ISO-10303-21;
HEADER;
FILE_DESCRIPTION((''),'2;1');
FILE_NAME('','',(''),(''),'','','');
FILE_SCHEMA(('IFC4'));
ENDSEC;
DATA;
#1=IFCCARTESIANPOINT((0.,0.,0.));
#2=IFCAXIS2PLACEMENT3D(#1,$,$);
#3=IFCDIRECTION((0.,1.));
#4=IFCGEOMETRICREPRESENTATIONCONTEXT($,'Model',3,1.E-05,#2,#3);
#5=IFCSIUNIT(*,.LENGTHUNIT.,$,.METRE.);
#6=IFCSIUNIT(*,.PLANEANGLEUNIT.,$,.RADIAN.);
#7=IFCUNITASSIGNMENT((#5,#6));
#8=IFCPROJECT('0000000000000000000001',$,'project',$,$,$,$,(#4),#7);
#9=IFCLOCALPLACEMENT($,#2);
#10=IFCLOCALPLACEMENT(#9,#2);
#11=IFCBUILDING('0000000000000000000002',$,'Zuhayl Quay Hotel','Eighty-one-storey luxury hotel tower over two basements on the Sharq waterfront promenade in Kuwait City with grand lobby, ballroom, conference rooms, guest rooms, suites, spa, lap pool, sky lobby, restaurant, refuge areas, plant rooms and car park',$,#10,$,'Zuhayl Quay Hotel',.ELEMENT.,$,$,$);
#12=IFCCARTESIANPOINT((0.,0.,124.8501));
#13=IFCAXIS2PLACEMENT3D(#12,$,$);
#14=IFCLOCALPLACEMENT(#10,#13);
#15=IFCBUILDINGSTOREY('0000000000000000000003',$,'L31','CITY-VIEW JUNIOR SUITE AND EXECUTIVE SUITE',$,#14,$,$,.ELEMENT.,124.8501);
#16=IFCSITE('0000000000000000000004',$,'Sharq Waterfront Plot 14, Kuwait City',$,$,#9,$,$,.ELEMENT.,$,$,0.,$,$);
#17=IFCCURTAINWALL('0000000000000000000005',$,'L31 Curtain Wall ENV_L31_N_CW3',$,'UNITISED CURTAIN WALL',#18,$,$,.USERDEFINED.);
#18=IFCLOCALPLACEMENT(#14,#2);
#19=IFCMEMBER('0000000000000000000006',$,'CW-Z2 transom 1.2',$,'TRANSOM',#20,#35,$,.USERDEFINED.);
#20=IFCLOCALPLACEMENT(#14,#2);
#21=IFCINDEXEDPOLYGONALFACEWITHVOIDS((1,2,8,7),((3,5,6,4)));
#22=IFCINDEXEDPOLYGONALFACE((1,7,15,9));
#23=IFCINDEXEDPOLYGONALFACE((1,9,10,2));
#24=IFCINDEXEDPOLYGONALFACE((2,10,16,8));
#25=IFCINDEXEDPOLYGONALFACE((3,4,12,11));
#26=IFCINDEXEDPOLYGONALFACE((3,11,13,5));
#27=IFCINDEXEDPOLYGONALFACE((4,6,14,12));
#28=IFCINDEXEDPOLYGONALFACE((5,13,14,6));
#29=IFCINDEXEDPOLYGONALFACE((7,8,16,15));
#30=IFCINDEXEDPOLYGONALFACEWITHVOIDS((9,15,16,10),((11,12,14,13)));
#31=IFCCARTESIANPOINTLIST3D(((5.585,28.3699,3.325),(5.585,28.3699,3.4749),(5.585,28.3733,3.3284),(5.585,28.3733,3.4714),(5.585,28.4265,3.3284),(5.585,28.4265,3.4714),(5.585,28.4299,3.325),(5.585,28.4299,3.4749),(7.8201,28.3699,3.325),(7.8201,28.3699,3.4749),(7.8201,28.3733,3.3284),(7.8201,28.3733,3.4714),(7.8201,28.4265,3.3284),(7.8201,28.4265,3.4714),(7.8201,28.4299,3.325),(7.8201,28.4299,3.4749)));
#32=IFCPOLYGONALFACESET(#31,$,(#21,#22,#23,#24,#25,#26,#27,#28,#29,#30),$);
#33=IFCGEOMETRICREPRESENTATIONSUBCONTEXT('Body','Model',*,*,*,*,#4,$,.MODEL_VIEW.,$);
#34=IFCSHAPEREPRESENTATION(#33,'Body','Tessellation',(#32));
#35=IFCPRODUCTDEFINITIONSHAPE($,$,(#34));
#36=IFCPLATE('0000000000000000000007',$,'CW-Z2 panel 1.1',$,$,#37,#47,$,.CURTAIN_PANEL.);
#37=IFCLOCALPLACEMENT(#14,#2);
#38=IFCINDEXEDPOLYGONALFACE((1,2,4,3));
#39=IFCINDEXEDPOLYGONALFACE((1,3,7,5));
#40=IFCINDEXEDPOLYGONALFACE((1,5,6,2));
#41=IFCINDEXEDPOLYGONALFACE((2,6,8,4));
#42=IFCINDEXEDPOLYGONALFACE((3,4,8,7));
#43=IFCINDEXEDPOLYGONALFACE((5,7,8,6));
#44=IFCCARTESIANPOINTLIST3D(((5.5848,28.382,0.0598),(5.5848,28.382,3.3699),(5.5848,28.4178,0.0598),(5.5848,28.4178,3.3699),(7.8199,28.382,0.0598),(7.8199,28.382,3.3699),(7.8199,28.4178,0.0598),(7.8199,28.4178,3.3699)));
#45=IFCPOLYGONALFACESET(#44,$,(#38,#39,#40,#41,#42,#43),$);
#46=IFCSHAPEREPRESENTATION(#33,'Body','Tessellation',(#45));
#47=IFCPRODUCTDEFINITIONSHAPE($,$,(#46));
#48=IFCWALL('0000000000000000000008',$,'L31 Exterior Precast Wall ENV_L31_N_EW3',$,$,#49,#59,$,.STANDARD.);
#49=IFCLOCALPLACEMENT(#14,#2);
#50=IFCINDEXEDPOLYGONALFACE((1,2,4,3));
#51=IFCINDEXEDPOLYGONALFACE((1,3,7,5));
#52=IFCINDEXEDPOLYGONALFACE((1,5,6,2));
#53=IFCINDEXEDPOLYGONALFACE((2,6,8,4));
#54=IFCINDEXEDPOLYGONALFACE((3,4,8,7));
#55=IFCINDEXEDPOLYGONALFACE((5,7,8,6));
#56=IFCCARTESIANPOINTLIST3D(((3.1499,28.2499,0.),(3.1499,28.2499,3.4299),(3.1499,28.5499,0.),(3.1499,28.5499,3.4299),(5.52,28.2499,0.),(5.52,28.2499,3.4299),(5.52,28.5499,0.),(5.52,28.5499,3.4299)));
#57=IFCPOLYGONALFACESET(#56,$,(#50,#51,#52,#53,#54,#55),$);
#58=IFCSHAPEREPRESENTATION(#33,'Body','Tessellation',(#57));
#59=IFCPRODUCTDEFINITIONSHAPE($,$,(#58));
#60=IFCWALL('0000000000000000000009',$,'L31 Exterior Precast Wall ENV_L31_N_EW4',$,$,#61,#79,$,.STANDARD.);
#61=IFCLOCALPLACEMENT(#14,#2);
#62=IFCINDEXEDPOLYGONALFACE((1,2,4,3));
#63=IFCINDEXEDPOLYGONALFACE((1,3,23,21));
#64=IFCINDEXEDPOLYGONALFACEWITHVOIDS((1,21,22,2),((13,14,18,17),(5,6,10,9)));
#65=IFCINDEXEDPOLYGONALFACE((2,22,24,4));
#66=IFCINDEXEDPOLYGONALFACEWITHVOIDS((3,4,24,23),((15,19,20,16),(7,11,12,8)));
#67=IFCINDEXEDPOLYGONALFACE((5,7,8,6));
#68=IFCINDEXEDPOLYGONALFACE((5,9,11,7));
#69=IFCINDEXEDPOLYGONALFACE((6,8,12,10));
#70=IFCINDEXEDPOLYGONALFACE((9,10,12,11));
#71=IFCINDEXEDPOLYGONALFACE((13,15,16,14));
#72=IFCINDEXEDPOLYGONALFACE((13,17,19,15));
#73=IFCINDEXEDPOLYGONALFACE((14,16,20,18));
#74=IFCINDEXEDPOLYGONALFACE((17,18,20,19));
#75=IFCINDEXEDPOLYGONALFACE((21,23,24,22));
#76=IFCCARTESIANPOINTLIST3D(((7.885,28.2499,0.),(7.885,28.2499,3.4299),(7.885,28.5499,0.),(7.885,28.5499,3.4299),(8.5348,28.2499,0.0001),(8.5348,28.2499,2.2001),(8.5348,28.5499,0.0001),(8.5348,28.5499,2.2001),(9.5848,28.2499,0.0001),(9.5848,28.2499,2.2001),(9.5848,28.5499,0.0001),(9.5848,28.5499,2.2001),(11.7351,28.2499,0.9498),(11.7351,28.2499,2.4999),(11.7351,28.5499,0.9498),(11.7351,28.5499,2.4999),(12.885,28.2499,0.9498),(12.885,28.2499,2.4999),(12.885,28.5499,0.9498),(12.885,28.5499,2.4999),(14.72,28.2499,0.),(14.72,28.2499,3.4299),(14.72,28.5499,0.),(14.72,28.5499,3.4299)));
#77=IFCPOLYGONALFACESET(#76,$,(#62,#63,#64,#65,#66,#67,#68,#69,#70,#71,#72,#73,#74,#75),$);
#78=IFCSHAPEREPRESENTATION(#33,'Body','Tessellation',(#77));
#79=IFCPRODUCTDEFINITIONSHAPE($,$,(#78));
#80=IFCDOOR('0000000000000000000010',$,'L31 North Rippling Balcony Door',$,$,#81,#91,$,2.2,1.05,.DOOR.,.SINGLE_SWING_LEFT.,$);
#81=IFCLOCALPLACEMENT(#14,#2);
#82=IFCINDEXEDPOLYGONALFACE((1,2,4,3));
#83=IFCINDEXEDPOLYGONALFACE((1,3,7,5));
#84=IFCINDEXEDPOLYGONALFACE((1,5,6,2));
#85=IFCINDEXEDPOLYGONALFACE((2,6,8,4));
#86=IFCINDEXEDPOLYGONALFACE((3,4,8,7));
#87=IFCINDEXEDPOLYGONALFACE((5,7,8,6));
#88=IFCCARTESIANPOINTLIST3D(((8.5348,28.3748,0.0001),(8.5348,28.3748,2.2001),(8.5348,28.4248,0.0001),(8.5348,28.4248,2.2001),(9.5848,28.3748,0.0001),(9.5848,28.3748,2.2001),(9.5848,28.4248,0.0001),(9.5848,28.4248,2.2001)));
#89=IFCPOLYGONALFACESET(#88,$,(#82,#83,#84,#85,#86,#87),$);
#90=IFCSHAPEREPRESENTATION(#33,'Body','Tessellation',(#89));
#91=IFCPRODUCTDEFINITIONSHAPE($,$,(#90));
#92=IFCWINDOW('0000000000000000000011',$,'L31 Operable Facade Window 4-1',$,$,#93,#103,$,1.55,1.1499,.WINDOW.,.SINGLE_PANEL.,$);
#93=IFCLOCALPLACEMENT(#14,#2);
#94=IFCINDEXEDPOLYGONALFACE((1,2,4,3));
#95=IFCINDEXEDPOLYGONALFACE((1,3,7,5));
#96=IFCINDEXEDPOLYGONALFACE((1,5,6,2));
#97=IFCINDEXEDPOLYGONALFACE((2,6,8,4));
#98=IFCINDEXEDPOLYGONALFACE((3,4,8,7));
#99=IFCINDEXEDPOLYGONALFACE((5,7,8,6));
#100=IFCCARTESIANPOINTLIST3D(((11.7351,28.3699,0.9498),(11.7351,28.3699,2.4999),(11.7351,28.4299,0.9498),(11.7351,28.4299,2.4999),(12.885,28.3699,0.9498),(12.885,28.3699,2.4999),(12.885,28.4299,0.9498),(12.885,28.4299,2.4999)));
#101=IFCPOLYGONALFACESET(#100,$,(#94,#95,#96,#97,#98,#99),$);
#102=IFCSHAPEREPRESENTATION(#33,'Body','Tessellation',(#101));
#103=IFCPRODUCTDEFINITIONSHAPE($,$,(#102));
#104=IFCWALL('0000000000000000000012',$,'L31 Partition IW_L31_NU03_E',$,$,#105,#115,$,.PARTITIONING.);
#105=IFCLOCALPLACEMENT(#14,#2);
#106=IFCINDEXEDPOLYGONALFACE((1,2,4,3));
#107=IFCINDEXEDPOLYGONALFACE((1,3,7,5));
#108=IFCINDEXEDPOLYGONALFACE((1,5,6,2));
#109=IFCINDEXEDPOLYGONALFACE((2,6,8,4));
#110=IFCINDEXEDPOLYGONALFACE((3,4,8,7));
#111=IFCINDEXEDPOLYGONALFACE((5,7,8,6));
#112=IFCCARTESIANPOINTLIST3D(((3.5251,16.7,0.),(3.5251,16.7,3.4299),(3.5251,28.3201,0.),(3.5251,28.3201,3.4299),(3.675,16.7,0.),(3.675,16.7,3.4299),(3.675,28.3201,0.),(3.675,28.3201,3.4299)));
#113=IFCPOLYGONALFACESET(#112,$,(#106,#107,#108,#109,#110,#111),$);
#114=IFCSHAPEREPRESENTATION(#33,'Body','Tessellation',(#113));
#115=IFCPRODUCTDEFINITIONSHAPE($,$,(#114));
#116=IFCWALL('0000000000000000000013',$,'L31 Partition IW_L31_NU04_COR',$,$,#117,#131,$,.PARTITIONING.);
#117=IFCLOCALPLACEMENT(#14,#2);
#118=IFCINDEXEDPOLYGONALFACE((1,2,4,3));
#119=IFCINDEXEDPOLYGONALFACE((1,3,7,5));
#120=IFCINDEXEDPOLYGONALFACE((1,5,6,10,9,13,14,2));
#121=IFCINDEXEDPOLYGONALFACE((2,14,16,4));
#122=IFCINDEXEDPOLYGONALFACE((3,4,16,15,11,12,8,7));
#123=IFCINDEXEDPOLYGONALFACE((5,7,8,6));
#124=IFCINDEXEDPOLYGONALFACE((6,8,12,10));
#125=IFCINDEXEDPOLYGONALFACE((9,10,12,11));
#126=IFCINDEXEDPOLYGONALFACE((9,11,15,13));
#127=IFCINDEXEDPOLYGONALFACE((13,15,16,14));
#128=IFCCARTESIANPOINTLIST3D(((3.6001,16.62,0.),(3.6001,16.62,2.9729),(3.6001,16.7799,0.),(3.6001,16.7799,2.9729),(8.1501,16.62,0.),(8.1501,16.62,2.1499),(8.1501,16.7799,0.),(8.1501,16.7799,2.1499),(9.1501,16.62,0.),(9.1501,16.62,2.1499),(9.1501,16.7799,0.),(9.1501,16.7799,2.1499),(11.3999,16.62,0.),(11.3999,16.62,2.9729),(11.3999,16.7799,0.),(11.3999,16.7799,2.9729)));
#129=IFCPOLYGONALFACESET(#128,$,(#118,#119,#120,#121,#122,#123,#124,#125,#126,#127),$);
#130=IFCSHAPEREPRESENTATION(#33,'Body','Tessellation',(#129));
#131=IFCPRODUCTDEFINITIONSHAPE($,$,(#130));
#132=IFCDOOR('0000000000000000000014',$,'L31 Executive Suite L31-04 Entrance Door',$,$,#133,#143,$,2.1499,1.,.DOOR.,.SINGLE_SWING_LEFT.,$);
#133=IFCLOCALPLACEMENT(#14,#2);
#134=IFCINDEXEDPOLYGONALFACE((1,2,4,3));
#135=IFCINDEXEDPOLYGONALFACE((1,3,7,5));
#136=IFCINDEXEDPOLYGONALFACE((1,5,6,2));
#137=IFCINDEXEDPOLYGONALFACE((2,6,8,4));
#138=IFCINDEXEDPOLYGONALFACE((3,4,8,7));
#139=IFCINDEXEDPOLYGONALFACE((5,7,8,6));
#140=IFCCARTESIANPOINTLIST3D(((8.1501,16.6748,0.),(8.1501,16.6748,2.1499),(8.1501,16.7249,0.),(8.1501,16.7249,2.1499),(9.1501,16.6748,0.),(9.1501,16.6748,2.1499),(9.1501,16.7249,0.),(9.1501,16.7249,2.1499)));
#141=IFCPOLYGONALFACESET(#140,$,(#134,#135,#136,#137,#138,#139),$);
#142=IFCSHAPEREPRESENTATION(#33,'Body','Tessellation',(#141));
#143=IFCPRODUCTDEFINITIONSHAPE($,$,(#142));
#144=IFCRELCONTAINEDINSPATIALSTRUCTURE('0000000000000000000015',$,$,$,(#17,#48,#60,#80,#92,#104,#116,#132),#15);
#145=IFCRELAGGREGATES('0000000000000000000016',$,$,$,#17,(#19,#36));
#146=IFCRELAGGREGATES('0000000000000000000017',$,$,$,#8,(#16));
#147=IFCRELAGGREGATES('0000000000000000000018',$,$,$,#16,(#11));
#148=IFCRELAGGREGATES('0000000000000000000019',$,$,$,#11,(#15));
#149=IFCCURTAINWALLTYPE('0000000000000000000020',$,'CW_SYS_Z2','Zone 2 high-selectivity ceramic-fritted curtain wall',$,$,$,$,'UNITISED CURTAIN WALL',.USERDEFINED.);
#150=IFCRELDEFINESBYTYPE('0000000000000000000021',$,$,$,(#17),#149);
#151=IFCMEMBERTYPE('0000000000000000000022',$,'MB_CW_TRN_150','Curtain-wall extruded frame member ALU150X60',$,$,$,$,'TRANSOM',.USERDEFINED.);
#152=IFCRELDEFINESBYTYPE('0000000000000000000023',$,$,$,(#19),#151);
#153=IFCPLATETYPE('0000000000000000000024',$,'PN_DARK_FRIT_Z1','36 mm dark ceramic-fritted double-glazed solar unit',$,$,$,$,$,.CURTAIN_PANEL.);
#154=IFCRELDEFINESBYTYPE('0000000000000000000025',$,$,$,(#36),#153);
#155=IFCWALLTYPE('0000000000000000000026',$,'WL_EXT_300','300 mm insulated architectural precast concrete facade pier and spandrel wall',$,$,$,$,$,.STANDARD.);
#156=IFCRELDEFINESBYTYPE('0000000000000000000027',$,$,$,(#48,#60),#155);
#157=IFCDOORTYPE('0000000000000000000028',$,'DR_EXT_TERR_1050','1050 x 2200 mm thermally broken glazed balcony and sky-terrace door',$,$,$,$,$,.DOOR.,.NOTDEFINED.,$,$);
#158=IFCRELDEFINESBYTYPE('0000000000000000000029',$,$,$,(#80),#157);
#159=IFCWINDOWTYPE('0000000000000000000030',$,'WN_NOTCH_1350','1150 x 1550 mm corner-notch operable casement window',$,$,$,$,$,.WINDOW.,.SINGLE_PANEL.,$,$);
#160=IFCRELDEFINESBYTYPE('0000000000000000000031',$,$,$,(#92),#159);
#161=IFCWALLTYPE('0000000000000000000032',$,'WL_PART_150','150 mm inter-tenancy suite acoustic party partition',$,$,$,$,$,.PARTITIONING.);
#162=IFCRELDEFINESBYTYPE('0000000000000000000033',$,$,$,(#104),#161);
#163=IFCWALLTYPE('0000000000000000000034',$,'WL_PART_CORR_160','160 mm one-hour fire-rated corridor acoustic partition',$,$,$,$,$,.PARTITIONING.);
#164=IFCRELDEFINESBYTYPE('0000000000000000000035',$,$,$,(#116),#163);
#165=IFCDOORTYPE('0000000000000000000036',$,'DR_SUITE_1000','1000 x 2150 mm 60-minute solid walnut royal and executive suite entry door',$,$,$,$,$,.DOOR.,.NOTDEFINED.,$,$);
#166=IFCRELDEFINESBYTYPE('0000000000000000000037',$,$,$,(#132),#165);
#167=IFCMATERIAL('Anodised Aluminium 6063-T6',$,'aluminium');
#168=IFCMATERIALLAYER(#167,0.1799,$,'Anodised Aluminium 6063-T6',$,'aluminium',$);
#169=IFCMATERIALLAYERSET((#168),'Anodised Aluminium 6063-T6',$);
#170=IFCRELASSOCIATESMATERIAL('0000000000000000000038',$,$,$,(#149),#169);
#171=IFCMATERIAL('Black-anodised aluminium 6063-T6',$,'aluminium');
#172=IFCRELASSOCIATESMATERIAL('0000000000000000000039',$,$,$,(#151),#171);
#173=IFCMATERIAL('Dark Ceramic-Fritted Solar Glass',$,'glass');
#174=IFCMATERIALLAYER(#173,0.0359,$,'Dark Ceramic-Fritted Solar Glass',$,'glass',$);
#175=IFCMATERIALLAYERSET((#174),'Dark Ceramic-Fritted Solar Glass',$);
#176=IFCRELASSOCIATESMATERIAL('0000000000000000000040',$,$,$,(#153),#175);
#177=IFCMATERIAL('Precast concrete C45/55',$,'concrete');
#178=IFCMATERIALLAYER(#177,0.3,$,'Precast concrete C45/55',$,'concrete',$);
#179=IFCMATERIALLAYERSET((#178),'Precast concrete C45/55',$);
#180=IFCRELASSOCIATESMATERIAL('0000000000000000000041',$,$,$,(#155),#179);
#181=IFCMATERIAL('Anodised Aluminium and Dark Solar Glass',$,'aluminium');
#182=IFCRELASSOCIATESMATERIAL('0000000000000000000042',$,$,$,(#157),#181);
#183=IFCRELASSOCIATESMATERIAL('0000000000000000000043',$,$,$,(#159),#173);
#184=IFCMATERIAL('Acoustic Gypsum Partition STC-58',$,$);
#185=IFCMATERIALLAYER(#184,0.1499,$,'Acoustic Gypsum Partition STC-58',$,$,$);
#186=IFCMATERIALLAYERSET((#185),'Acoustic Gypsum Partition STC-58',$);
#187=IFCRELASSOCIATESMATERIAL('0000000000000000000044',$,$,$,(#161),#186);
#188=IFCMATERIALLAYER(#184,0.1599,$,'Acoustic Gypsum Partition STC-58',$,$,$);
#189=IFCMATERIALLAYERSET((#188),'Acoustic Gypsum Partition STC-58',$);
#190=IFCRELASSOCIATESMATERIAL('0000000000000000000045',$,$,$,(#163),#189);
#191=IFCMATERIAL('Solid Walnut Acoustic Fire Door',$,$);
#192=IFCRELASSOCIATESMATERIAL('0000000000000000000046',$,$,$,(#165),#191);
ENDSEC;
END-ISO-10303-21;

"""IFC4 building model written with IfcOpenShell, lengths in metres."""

from ifc_helpers import new_model, si_unit, direction, frame, frame_2d, origin, origin_2d, place, context, subcontext, project, spatial, rectangle, hollow_rectangle, extrude, material, layer, layer_set, material_profile, profile_set, type_object, element, fill, aggregate, save


model = new_model("IFC4")

# Units and contexts
model_context = context("Model", 3, precision=1e-05, world=origin(), true_north=direction((0.0, 1.0)))
body_context = subcontext(model_context, "Body", "Model", "MODEL_VIEW")
ifc_project = project(units=[si_unit("LENGTHUNIT", "METRE"), si_unit("PLANEANGLEUNIT", "RADIAN")], contexts=[model_context])

# Site, building, storey
site_placement = place(None, origin())
site = spatial("IfcSite", under=ifc_project, at=site_placement, Name="Sharq Waterfront Plot 14, Kuwait City", CompositionType="ELEMENT", RefElevation=0.0)
building_placement = place(site_placement, origin())
building = spatial("IfcBuilding", under=site, at=building_placement, Name="Zuhayl Quay Hotel", Description="Eighty-one-storey luxury hotel tower over two basements on the Sharq waterfront promenade in Kuwait City with grand lobby, ballroom, conference rooms, guest rooms, suites, spa, lap pool, sky lobby, restaurant, refuge areas, plant rooms and car park", LongName="Zuhayl Quay Hotel", CompositionType="ELEMENT")
storey_placement = place(building_placement, frame((0.0, 0.0, 124.8501)))
storey = spatial("IfcBuildingStorey", under=building, at=storey_placement, Name="L31", Description="CITY-VIEW JUNIOR SUITE AND EXECUTIVE SUITE", CompositionType="ELEMENT", Elevation=124.8501)

# Shared definitions
ifc_material_1 = material(Name="Anodised Aluminium 6063-T6", Category="aluminium")
ifc_layer_1 = layer(ifc_material_1, 0.1799, Name="Anodised Aluminium 6063-T6", Category="aluminium")
ifc_layer_set_1 = layer_set([ifc_layer_1], Name="Anodised Aluminium 6063-T6")
curtain_wall_type = type_object("IfcCurtainWallType", Name="CW_SYS_Z2", Description="Zone 2 high-selectivity ceramic-fritted curtain wall", ElementType="UNITISED CURTAIN WALL", PredefinedType="USERDEFINED", material=ifc_layer_set_1)
ifc_material_2 = material(Name="Black-anodised aluminium 6063-T6", Category="aluminium")

# Curtain wall, member, plate
curtain_wall_1_placement = place(storey_placement, origin())
curtain_wall_1 = element("IfcCurtainWall", 1, at=curtain_wall_1_placement, inside=storey, type_object=curtain_wall_type, Name="L31 Curtain Wall ENV_L31_N_CW3", ObjectType="UNITISED CURTAIN WALL", PredefinedType="USERDEFINED")
ifc_material_profile_1 = material_profile(ifc_material_2, hollow_rectangle(XDim=0.0601, YDim=0.1499, WallThickness=0.0034, at=origin_2d()), Name="ALU150X60")
ifc_profile_set_1 = profile_set([ifc_material_profile_1], Name="Black-anodised aluminium 6063-T6")
member_type_1 = type_object("IfcMemberType", Name="MB_CW_TRN_150", Description="Curtain-wall extruded frame member ALU150X60", ElementType="TRANSOM", PredefinedType="USERDEFINED", material=ifc_profile_set_1)
member_1_placement = place(storey_placement, frame((5.585, 28.3999, 3.3999), z_axis=(1.0, 0.0, 0.0), x_axis=(0.0, 1.0, 0.0)))
member_1 = element("IfcMember", 2, at=member_1_placement, type_object=member_type_1, Name="CW-Z2 transom 1.2", ObjectType="TRANSOM", PredefinedType="USERDEFINED", context=body_context, shape_type="SweptSolid", body=[
    extrude(hollow_rectangle(XDim=0.0601, YDim=0.1499, WallThickness=0.0034, at=origin_2d()), origin(), (0.0, 0.0, 1.0), 2.2351),
])
ifc_material_3 = material(Name="Dark Ceramic-Fritted Solar Glass", Category="glass")
ifc_layer_2 = layer(ifc_material_3, 0.0359, Name="Dark Ceramic-Fritted Solar Glass", Category="glass")
ifc_layer_set_2 = layer_set([ifc_layer_2], Name="Dark Ceramic-Fritted Solar Glass")
plate_type = type_object("IfcPlateType", Name="PN_DARK_FRIT_Z1", Description="36 mm dark ceramic-fritted double-glazed solar unit", PredefinedType="CURTAIN_PANEL", material=ifc_layer_set_2)
plate_placement = place(storey_placement, frame((6.7024, 28.3999, 0.0598), z_axis=(0.0, 0.0, 1.0), x_axis=(1.0, 0.0, 0.0)))
plate = element("IfcPlate", 3, at=plate_placement, type_object=plate_type, Name="CW-Z2 panel 1.1", PredefinedType="CURTAIN_PANEL", context=body_context, shape_type="SweptSolid", body=[
    extrude(rectangle(XDim=2.2351, YDim=0.0359, at=origin_2d()), origin(), (0.0, 0.0, 1.0), 3.3101),
])
aggregate(curtain_wall_1, [member_1, plate])

# Wall
ifc_material_4 = material(Name="Precast concrete C45/55", Category="concrete")
ifc_layer_3 = layer(ifc_material_4, 0.3, Name="Precast concrete C45/55", Category="concrete")
ifc_layer_set_3 = layer_set([ifc_layer_3], Name="Precast concrete C45/55")
wall_type_1 = type_object("IfcWallType", Name="WL_EXT_300", Description="300 mm insulated architectural precast concrete facade pier and spandrel wall", PredefinedType="STANDARD", material=ifc_layer_set_3)
wall_1_placement = place(storey_placement, frame((3.1499, 28.3999, 0.0), z_axis=(0.0, 0.0, 1.0), x_axis=(1.0, 0.0, 0.0)))
element("IfcWall", 4, at=wall_1_placement, inside=storey, type_object=wall_type_1, Name="L31 Exterior Precast Wall ENV_L31_N_EW3", PredefinedType="STANDARD", context=body_context, shape_type="SweptSolid", body=[
    extrude(rectangle(XDim=2.3701, YDim=0.3, at=frame_2d((1.1851, 0.0))), origin(), (0.0, 0.0, 1.0), 3.4299),
])

# Wall, openings, door, window
wall_2_placement = place(storey_placement, frame((7.885, 28.3999, 0.0), z_axis=(0.0, 0.0, 1.0), x_axis=(1.0, 0.0, 0.0)))
wall_2 = element("IfcWall", 5, at=wall_2_placement, inside=storey, type_object=wall_type_1, Name="L31 Exterior Precast Wall ENV_L31_N_EW4", PredefinedType="STANDARD", context=body_context, shape_type="SweptSolid", body=[
    extrude(rectangle(XDim=6.835, YDim=0.3, at=frame_2d((3.4175, 0.0))), origin(), (0.0, 0.0, 1.0), 3.4299),
])
opening_1_placement = place(wall_2_placement, frame((0.6499, 0.0, 0.0)))
opening_1 = element("IfcOpeningElement", 6, at=opening_1_placement, cuts=wall_2, PredefinedType="OPENING", context=body_context, shape_type="SweptSolid", body=[
    extrude(rectangle(XDim=1.05, YDim=2.2, at=frame_2d((0.5249, 1.1001))), frame((0.0, 0.1599, 0.0), z_axis=(0.0, -1.0, 0.0), x_axis=(1.0, 0.0, 0.0)), (0.0, 0.0, 1.0), 0.3201),
])
opening_2_placement = place(wall_2_placement, frame((3.8501, 0.0, 0.95)))
opening_2 = element("IfcOpeningElement", 7, at=opening_2_placement, cuts=wall_2, PredefinedType="OPENING", context=body_context, shape_type="SweptSolid", body=[
    extrude(rectangle(XDim=1.1499, YDim=1.55, at=frame_2d((0.575, 0.7749))), frame((0.0, 0.1599, 0.0), z_axis=(0.0, -1.0, 0.0), x_axis=(1.0, 0.0, 0.0)), (0.0, 0.0, 1.0), 0.3201),
])
ifc_material_5 = material(Name="Anodised Aluminium and Dark Solar Glass", Category="aluminium")
door_type_1 = type_object("IfcDoorType", Name="DR_EXT_TERR_1050", Description="1050 x 2200 mm thermally broken glazed balcony and sky-terrace door", OperationType="NOTDEFINED", PredefinedType="DOOR", material=ifc_material_5)
door_1_placement = place(opening_1_placement, origin())
door_1 = element("IfcDoor", 8, at=door_1_placement, inside=storey, type_object=door_type_1, Name="L31 North Rippling Balcony Door", OperationType="SINGLE_SWING_LEFT", OverallHeight=2.2, OverallWidth=1.05, PredefinedType="DOOR", context=body_context, shape_type="SweptSolid", body=[
    extrude(rectangle(XDim=1.05, YDim=2.2, at=frame_2d((0.5249, 1.1001))), frame((0.0, 0.0249, 0.0), z_axis=(0.0, -1.0, 0.0), x_axis=(1.0, 0.0, 0.0)), (0.0, 0.0, 1.0), 0.05),
])
fill(opening_1, door_1)
window_type = type_object("IfcWindowType", Name="WN_NOTCH_1350", Description="1150 x 1550 mm corner-notch operable casement window", PartitioningType="SINGLE_PANEL", PredefinedType="WINDOW", material=ifc_material_3)
window_placement = place(opening_2_placement, origin())
window = element("IfcWindow", 9, at=window_placement, inside=storey, type_object=window_type, Name="L31 Operable Facade Window 4-1", OverallHeight=1.55, OverallWidth=1.1499, PartitioningType="SINGLE_PANEL", PredefinedType="WINDOW", context=body_context, shape_type="SweptSolid", body=[
    extrude(rectangle(XDim=1.1499, YDim=1.55, at=frame_2d((0.575, 0.7749))), frame((0.0, 0.03, 0.0), z_axis=(0.0, -1.0, 0.0), x_axis=(1.0, 0.0, 0.0)), (0.0, 0.0, 1.0), 0.0601),
])
fill(opening_2, window)

# Wall
ifc_material_6 = material(Name="Acoustic Gypsum Partition STC-58")
ifc_layer_4 = layer(ifc_material_6, 0.1499, Name="Acoustic Gypsum Partition STC-58")
ifc_layer_set_4 = layer_set([ifc_layer_4], Name="Acoustic Gypsum Partition STC-58")
wall_type_2 = type_object("IfcWallType", Name="WL_PART_150", Description="150 mm inter-tenancy suite acoustic party partition", PredefinedType="PARTITIONING", material=ifc_layer_set_4)
wall_3_placement = place(storey_placement, frame((3.6001, 16.7, 0.0), z_axis=(0.0, 0.0, 1.0), x_axis=(0.0, 1.0, 0.0)))
element("IfcWall", 10, at=wall_3_placement, inside=storey, type_object=wall_type_2, Name="L31 Partition IW_L31_NU03_E", PredefinedType="PARTITIONING", context=body_context, shape_type="SweptSolid", body=[
    extrude(rectangle(XDim=11.6201, YDim=0.1499, at=frame_2d((5.8101, 0.0))), origin(), (0.0, 0.0, 1.0), 3.4299),
])

# Wall, opening, door
ifc_layer_5 = layer(ifc_material_6, 0.1599, Name="Acoustic Gypsum Partition STC-58")
ifc_layer_set_5 = layer_set([ifc_layer_5], Name="Acoustic Gypsum Partition STC-58")
wall_type_3 = type_object("IfcWallType", Name="WL_PART_CORR_160", Description="160 mm one-hour fire-rated corridor acoustic partition", PredefinedType="PARTITIONING", material=ifc_layer_set_5)
wall_4_placement = place(storey_placement, frame((3.6001, 16.7, 0.0), z_axis=(0.0, 0.0, 1.0), x_axis=(1.0, 0.0, 0.0)))
wall_4 = element("IfcWall", 11, at=wall_4_placement, inside=storey, type_object=wall_type_3, Name="L31 Partition IW_L31_NU04_COR", PredefinedType="PARTITIONING", context=body_context, shape_type="SweptSolid", body=[
    extrude(rectangle(XDim=7.7998, YDim=0.1599, at=frame_2d((3.8999, 0.0))), origin(), (0.0, 0.0, 1.0), 2.9729),
])
opening_3_placement = place(wall_4_placement, frame((4.55, 0.0, 0.0)))
opening_3 = element("IfcOpeningElement", 12, at=opening_3_placement, cuts=wall_4, PredefinedType="OPENING", context=body_context, shape_type="SweptSolid", body=[
    extrude(rectangle(XDim=1.0, YDim=2.1499, at=frame_2d((0.5, 1.075))), frame((0.0, 0.0898, 0.0), z_axis=(0.0, -1.0, 0.0), x_axis=(1.0, 0.0, 0.0)), (0.0, 0.0, 1.0), 0.1799),
])
ifc_material_7 = material(Name="Solid Walnut Acoustic Fire Door")
door_type_2 = type_object("IfcDoorType", Name="DR_SUITE_1000", Description="1000 x 2150 mm 60-minute solid walnut royal and executive suite entry door", OperationType="NOTDEFINED", PredefinedType="DOOR", material=ifc_material_7)
door_2_placement = place(opening_3_placement, origin())
door_2 = element("IfcDoor", 13, at=door_2_placement, inside=storey, type_object=door_type_2, Name="L31 Executive Suite L31-04 Entrance Door", OperationType="SINGLE_SWING_LEFT", OverallHeight=2.1499, OverallWidth=1.0, PredefinedType="DOOR", context=body_context, shape_type="SweptSolid", body=[
    extrude(rectangle(XDim=1.0, YDim=2.1499, at=frame_2d((0.5, 1.075))), frame((0.0, 0.0249, 0.0), z_axis=(0.0, -1.0, 0.0), x_axis=(1.0, 0.0, 0.0)), (0.0, 0.0, 1.0), 0.05),
])
fill(opening_3, door_2)

save(model, "model.ifc")
